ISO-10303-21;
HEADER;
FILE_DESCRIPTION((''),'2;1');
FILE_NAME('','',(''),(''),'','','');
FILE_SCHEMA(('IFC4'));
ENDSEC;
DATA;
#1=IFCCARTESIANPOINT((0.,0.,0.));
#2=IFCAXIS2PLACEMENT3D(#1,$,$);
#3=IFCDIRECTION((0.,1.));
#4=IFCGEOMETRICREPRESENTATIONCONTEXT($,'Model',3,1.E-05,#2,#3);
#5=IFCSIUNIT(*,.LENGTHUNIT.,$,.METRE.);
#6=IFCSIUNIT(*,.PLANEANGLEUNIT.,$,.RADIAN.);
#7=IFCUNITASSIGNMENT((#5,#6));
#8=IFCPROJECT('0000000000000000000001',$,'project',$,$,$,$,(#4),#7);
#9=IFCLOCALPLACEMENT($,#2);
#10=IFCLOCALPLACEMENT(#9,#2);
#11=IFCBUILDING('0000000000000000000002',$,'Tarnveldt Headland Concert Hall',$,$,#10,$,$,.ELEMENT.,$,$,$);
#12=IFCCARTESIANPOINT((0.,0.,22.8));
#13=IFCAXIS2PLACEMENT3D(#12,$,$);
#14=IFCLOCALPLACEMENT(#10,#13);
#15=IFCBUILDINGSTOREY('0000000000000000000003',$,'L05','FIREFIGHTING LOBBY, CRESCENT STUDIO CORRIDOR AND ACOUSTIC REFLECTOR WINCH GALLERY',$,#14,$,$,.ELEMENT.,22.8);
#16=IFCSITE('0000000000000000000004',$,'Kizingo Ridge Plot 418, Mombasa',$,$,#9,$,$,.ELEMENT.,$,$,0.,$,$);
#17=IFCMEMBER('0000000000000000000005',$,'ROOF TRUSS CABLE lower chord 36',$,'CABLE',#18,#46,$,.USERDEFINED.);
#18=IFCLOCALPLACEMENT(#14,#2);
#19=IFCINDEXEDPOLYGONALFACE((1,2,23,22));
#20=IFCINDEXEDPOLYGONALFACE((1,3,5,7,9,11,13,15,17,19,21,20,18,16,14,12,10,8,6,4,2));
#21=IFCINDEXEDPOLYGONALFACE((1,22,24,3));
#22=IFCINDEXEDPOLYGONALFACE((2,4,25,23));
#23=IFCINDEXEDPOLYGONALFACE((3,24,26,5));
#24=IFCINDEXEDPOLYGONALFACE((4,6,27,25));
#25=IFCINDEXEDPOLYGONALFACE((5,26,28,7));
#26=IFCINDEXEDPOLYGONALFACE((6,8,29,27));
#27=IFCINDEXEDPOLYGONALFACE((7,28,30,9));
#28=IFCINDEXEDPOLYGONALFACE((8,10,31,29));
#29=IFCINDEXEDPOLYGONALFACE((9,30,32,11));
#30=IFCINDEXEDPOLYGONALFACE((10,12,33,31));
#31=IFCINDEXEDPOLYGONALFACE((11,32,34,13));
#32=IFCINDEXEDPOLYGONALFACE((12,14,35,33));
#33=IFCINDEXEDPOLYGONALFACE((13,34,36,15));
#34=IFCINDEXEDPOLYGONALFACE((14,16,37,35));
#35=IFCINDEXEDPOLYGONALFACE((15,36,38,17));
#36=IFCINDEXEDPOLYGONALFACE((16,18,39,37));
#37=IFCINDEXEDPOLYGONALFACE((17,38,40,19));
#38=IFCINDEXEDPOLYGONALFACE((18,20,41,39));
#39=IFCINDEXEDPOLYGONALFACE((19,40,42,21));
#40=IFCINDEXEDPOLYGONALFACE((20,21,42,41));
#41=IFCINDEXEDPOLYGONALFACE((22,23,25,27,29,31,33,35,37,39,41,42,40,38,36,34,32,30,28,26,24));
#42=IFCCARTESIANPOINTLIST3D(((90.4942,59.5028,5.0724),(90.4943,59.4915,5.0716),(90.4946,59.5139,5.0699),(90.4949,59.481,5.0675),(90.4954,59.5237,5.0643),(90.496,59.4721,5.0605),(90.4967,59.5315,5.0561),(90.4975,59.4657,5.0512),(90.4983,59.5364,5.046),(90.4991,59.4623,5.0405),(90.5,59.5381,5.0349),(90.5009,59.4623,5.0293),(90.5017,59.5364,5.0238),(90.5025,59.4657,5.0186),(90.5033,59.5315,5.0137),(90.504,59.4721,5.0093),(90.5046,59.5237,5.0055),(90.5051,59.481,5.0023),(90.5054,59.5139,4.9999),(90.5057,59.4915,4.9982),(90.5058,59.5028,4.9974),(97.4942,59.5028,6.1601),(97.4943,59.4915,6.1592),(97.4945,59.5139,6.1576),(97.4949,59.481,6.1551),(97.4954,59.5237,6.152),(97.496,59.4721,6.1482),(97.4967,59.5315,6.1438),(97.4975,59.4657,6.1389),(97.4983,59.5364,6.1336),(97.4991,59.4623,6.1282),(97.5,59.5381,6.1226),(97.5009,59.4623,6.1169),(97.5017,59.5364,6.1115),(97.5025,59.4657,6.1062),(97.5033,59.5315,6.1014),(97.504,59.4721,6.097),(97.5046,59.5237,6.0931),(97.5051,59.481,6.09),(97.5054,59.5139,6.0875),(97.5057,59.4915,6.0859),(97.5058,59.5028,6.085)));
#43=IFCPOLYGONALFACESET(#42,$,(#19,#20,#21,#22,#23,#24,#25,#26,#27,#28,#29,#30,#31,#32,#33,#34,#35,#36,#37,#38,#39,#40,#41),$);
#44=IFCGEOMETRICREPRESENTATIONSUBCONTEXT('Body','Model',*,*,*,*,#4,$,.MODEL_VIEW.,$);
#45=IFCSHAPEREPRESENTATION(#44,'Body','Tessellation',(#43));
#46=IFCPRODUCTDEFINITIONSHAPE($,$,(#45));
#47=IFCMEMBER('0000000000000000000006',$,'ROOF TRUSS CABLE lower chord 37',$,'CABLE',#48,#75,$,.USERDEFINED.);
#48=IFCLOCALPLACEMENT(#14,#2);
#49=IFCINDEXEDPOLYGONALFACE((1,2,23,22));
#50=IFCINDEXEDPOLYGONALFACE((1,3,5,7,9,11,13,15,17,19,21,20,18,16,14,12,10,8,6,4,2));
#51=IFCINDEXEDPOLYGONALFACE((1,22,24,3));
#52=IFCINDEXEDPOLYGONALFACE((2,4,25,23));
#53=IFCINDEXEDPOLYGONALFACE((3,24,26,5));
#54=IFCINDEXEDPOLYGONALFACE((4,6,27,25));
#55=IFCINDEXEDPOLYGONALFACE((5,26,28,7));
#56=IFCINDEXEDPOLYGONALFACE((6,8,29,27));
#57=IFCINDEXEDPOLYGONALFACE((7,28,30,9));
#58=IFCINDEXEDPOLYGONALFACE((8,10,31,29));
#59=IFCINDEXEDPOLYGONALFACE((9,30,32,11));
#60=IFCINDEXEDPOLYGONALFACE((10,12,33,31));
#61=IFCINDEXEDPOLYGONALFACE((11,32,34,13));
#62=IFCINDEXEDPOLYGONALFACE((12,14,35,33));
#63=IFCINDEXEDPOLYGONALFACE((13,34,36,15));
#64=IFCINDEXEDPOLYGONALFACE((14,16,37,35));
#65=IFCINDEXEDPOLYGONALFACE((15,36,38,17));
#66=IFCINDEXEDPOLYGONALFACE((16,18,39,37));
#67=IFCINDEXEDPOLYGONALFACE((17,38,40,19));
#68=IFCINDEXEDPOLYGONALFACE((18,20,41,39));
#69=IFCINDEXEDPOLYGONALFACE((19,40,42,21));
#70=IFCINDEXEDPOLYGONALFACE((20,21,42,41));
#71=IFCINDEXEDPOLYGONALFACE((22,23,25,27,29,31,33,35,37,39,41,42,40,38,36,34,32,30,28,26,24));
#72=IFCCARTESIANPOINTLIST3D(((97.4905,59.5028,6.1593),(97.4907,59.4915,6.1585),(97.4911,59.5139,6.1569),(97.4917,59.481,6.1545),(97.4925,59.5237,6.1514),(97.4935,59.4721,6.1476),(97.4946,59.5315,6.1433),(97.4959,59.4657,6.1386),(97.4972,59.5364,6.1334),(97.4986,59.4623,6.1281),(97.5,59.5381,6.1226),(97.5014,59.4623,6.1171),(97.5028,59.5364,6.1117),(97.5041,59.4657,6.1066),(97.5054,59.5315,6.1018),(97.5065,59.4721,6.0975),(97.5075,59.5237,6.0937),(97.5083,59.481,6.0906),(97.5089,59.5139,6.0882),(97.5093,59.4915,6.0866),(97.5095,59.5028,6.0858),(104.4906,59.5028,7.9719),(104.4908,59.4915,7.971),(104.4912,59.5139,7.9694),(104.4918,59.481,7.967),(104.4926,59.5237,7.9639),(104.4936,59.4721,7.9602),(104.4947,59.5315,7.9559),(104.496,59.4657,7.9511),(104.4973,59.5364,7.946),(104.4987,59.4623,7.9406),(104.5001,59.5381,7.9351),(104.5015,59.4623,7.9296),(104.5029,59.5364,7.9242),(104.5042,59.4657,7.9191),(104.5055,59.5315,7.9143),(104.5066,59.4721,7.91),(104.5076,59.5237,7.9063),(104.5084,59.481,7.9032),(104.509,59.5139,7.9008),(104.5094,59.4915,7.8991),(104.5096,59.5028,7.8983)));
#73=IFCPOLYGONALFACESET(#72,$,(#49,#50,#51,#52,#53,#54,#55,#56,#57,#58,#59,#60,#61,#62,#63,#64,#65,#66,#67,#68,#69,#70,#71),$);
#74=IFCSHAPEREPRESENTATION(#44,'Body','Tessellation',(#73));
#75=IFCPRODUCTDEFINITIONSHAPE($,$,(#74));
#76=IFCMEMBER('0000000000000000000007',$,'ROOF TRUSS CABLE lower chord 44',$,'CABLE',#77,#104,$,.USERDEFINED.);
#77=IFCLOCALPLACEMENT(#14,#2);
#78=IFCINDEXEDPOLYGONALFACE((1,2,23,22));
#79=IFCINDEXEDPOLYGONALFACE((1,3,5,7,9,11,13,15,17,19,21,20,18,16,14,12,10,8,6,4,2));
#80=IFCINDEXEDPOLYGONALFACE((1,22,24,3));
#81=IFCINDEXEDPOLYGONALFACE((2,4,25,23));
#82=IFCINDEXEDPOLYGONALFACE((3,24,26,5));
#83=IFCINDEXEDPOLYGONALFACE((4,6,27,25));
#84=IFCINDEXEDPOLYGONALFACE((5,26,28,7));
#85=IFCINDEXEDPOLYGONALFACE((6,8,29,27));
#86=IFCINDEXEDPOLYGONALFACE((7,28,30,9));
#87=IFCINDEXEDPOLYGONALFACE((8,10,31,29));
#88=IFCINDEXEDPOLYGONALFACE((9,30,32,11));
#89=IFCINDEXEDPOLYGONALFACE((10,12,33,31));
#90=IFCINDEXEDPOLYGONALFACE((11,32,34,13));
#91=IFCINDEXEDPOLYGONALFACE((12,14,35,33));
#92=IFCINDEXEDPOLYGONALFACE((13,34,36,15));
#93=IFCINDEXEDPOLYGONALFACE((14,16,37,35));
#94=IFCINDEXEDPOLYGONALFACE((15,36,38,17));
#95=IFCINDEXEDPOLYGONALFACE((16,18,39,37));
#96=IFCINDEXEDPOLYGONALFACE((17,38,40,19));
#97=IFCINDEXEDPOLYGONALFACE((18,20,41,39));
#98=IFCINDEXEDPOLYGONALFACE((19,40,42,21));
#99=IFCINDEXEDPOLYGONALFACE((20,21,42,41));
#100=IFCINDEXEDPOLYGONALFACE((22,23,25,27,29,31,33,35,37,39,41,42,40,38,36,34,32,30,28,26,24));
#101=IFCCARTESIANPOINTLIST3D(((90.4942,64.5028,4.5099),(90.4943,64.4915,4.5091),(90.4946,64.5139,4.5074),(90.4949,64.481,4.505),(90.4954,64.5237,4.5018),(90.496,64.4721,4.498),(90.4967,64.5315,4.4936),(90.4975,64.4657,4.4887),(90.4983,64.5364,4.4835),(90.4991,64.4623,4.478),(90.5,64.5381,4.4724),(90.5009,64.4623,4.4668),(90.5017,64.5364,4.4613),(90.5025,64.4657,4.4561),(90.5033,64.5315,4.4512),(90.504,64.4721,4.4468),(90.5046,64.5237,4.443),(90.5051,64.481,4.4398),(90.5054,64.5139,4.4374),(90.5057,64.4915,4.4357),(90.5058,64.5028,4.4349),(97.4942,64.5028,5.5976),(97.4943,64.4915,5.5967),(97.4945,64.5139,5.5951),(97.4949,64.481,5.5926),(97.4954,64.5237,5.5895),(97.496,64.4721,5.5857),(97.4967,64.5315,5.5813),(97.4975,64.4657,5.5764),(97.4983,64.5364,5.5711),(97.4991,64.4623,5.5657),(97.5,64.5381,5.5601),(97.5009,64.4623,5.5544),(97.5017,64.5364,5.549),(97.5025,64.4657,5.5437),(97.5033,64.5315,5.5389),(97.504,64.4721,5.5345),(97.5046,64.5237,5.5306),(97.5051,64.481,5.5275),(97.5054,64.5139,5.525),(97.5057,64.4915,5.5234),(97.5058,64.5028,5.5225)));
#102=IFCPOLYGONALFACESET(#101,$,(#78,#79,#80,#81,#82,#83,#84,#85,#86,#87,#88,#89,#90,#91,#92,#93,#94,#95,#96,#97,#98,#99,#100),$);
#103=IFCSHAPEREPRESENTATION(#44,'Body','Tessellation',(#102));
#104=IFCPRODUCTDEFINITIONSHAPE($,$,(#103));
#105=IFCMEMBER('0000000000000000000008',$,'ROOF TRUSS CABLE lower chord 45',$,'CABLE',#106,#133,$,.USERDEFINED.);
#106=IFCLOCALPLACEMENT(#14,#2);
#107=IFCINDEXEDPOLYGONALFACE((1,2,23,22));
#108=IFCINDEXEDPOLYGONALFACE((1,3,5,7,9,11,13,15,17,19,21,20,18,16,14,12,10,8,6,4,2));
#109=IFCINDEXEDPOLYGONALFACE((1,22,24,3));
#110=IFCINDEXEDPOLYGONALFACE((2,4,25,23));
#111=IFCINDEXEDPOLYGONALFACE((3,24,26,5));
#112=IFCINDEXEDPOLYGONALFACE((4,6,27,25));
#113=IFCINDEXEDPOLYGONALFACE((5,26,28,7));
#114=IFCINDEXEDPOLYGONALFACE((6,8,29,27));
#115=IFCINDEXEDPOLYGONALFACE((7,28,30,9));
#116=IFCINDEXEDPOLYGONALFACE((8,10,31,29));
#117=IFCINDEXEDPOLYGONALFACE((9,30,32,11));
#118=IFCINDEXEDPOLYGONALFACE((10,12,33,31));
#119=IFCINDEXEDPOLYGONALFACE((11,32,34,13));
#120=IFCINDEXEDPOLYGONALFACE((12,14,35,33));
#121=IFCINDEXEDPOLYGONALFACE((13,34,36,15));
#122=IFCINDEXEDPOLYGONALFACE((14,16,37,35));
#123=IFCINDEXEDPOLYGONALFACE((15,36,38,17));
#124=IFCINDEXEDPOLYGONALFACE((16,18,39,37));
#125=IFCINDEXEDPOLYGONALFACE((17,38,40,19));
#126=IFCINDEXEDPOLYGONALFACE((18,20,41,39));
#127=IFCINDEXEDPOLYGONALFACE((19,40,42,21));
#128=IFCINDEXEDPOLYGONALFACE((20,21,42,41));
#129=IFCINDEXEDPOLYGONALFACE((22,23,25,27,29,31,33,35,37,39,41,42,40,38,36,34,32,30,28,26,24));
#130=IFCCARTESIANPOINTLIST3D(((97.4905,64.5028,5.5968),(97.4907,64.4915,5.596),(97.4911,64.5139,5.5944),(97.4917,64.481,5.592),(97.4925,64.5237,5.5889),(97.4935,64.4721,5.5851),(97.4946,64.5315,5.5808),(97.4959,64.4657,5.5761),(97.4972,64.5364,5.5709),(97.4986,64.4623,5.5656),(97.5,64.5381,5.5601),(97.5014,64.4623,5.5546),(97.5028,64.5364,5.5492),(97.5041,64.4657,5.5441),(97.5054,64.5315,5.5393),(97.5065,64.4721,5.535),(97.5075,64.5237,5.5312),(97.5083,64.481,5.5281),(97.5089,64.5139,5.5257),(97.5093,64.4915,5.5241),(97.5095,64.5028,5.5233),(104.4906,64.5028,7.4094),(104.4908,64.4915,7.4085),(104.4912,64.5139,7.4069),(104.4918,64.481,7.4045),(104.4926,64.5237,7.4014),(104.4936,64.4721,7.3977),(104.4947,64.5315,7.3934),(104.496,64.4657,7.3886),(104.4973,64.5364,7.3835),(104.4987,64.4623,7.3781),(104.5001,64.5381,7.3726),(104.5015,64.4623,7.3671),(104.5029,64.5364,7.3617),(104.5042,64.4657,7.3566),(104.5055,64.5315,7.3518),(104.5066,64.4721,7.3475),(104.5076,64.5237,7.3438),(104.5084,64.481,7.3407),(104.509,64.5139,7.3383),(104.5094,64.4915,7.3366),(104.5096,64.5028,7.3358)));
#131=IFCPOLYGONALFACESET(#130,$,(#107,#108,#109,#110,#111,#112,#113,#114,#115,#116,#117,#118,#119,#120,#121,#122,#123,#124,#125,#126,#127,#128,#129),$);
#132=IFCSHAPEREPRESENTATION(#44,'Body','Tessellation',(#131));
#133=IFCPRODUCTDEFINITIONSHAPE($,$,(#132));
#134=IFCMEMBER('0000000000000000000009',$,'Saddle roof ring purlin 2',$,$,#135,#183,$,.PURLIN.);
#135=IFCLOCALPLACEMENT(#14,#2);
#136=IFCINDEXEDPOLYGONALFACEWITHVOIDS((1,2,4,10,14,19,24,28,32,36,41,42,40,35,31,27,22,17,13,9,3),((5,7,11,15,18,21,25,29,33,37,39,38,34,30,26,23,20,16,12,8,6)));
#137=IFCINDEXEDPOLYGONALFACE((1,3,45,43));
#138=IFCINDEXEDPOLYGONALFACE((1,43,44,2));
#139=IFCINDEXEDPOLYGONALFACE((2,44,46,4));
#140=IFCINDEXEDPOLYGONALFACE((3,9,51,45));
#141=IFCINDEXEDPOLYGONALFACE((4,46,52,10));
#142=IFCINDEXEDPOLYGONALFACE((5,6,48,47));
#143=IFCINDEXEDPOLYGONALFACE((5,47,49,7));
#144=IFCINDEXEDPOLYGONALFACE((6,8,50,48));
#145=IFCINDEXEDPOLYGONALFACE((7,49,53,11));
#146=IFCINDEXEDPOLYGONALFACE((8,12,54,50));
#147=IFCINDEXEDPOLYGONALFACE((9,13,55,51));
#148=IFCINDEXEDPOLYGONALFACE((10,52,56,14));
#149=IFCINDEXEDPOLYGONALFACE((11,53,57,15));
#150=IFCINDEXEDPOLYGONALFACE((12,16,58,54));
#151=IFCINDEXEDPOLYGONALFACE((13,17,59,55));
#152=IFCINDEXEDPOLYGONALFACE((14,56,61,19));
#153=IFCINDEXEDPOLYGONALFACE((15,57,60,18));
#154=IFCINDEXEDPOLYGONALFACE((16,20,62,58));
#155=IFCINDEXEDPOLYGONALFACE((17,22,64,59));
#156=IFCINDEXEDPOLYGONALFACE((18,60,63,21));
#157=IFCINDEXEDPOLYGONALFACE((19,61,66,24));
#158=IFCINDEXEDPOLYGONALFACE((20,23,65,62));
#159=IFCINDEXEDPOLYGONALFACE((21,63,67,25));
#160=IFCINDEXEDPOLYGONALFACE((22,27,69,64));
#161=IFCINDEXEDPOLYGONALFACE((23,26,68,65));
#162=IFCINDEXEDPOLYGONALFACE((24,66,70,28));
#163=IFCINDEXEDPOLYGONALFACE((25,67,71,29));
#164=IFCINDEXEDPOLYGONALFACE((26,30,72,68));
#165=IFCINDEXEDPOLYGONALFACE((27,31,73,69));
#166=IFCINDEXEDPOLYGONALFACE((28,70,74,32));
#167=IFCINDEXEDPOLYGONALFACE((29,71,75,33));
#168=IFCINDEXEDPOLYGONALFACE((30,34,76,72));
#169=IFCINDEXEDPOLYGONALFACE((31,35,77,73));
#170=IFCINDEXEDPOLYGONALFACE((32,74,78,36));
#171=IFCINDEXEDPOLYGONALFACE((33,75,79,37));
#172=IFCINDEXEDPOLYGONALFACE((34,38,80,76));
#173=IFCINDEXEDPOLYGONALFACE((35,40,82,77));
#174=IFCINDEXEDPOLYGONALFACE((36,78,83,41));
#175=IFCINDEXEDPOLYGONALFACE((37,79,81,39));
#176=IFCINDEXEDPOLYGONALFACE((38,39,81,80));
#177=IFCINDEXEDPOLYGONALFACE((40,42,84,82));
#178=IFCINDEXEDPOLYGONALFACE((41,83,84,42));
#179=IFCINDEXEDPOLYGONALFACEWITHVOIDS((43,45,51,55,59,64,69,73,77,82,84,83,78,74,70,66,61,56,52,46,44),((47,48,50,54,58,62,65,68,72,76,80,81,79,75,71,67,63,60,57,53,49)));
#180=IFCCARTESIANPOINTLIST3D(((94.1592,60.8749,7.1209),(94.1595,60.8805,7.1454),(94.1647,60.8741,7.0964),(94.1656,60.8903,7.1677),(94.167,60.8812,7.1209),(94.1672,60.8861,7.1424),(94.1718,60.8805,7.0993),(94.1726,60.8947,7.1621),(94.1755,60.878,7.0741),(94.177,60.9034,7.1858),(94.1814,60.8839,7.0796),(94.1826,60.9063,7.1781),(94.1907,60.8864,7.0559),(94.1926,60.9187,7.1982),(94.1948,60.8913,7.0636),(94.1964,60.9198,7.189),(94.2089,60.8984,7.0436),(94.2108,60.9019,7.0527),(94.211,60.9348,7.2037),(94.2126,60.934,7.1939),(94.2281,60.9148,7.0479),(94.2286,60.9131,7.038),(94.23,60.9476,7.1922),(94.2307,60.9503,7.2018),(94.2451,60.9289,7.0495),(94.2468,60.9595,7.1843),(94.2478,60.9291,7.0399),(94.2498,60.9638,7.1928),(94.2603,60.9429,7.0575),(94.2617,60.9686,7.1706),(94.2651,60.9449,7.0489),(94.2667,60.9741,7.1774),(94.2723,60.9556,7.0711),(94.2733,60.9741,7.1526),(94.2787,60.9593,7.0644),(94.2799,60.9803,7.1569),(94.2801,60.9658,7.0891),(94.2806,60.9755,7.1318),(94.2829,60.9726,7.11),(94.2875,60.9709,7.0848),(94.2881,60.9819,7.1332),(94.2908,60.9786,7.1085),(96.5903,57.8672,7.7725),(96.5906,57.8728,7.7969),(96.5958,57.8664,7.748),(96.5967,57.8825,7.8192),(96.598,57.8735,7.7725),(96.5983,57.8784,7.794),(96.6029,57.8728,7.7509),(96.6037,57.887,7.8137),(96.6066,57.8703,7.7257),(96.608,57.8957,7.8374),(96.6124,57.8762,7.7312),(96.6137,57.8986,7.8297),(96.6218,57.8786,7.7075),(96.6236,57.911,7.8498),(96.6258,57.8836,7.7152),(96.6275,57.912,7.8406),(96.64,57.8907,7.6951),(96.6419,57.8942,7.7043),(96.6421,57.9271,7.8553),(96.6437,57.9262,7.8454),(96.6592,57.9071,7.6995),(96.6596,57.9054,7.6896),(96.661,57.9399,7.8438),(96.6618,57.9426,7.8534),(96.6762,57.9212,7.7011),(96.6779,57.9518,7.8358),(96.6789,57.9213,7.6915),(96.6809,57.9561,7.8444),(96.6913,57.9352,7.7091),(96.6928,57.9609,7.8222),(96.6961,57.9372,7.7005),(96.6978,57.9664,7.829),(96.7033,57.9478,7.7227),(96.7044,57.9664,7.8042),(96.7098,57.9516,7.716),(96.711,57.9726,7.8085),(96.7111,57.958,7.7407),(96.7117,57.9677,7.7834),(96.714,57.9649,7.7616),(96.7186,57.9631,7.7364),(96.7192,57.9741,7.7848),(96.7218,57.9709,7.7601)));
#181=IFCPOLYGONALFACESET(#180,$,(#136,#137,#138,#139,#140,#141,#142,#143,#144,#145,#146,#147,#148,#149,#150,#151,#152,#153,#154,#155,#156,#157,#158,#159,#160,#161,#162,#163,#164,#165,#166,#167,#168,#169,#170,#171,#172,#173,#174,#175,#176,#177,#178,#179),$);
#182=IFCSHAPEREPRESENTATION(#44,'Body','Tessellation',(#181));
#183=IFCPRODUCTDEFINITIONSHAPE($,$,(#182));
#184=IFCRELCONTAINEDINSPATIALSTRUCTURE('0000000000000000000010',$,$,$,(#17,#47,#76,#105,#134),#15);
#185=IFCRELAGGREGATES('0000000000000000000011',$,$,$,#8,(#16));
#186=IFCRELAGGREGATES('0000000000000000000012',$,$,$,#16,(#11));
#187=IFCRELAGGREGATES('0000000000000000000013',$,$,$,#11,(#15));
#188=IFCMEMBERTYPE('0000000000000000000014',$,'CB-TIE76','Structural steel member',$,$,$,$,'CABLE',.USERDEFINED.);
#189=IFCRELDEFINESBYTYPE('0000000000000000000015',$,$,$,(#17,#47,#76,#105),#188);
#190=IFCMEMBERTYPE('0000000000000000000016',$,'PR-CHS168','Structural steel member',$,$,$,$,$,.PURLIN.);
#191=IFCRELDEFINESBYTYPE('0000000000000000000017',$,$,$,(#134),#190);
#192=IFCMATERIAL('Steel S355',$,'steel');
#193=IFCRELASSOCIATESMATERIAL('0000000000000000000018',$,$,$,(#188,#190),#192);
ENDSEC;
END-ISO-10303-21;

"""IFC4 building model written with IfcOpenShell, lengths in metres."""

from ifc_helpers import new_model, si_unit, direction, frame, origin, origin_2d, place, context, subcontext, project, spatial, circle, hollow_circle, extrude, material, material_profile, profile_set, type_object, element, save


model = new_model("IFC4")

# Units and contexts
model_context = context("Model", 3, precision=1e-05, world=origin(), true_north=direction((0.0, 1.0)))
body_context = subcontext(model_context, "Body", "Model", "MODEL_VIEW")
ifc_project = project(units=[si_unit("LENGTHUNIT", "METRE"), si_unit("PLANEANGLEUNIT", "RADIAN")], contexts=[model_context])

# Site, building, storey
site_placement = place(None, origin())
site = spatial("IfcSite", under=ifc_project, at=site_placement, Name="Kizingo Ridge Plot 418, Mombasa", CompositionType="ELEMENT", RefElevation=0.0)
building_placement = place(site_placement, origin())
building = spatial("IfcBuilding", under=site, at=building_placement, Name="Tarnveldt Headland Concert Hall", CompositionType="ELEMENT")
storey_placement = place(building_placement, frame((0.0, 0.0, 22.8)))
storey = spatial("IfcBuildingStorey", under=building, at=storey_placement, Name="L05", Description="FIREFIGHTING LOBBY, CRESCENT STUDIO CORRIDOR AND ACOUSTIC REFLECTOR WINCH GALLERY", CompositionType="ELEMENT", Elevation=22.8)

# Members
ifc_material_1 = material(Name="Steel S355", Category="steel")
ifc_material_profile_1 = material_profile(ifc_material_1, circle(Radius=0.0381, at=origin_2d()), Name="LC D76", Category="steel")
ifc_profile_set_1 = profile_set([ifc_material_profile_1], Name="Steel S355")
member_type_1 = type_object("IfcMemberType", Name="CB-TIE76", Description="Structural steel member", ElementType="CABLE", PredefinedType="USERDEFINED", material=ifc_profile_set_1)
member_1_placement = place(storey_placement, frame((90.5, 59.5, 5.0349), z_axis=(0.988143, 0.0, 0.153536), x_axis=(0.0, 1.0, 0.0)))
element("IfcMember", 1, at=member_1_placement, inside=storey, type_object=member_type_1, Name="ROOF TRUSS CABLE lower chord 36", ObjectType="CABLE", PredefinedType="USERDEFINED", context=body_context, shape_type="SweptSolid", body=[
    extrude(circle(Radius=0.0381, at=origin_2d()), origin(), (0.0, 0.0, 1.0), 7.084),
])
member_2_placement = place(storey_placement, frame((97.5, 59.5, 6.1226), z_axis=(0.968075, 0.0, 0.250662), x_axis=(0.0, 1.0, 0.0)))
element("IfcMember", 2, at=member_2_placement, inside=storey, type_object=member_type_1, Name="ROOF TRUSS CABLE lower chord 37", ObjectType="CABLE", PredefinedType="USERDEFINED", context=body_context, shape_type="SweptSolid", body=[
    extrude(circle(Radius=0.0381, at=origin_2d()), origin(), (0.0, 0.0, 1.0), 7.231),
])
member_3_placement = place(storey_placement, frame((90.5, 64.5, 4.4724), z_axis=(0.988143, 0.0, 0.153536), x_axis=(0.0, 1.0, 0.0)))
element("IfcMember", 3, at=member_3_placement, inside=storey, type_object=member_type_1, Name="ROOF TRUSS CABLE lower chord 44", ObjectType="CABLE", PredefinedType="USERDEFINED", context=body_context, shape_type="SweptSolid", body=[
    extrude(circle(Radius=0.0381, at=origin_2d()), origin(), (0.0, 0.0, 1.0), 7.084),
])
member_4_placement = place(storey_placement, frame((97.5, 64.5, 5.5601), z_axis=(0.968075, 0.0, 0.250662), x_axis=(0.0, 1.0, 0.0)))
element("IfcMember", 4, at=member_4_placement, inside=storey, type_object=member_type_1, Name="ROOF TRUSS CABLE lower chord 45", ObjectType="CABLE", PredefinedType="USERDEFINED", context=body_context, shape_type="SweptSolid", body=[
    extrude(circle(Radius=0.0381, at=origin_2d()), origin(), (0.0, 0.0, 1.0), 7.231),
])
ifc_material_profile_2 = material_profile(ifc_material_1, hollow_circle(Radius=0.0842, WallThickness=0.01, at=origin_2d()), Name="CHS 168.3x10", Category="steel")
ifc_profile_set_2 = profile_set([ifc_material_profile_2], Name="Steel S355")
member_type_2 = type_object("IfcMemberType", Name="PR-CHS168", Description="Structural steel member", PredefinedType="PURLIN", material=ifc_profile_set_2)
member_5_placement = place(storey_placement, frame((96.6558, 57.9202, 7.7725), z_axis=(-0.619877, 0.766909, -0.166143), x_axis=(-0.777718, -0.628613, 0.0)))
element("IfcMember", 5, at=member_5_placement, inside=storey, type_object=member_type_2, Name="Saddle roof ring purlin 2", PredefinedType="PURLIN", context=body_context, shape_type="SweptSolid", body=[
    extrude(hollow_circle(Radius=0.0842, WallThickness=0.01, at=origin_2d()), origin(), (0.0, 0.0, 1.0), 3.9219),
])

save(model, "model.ifc")
